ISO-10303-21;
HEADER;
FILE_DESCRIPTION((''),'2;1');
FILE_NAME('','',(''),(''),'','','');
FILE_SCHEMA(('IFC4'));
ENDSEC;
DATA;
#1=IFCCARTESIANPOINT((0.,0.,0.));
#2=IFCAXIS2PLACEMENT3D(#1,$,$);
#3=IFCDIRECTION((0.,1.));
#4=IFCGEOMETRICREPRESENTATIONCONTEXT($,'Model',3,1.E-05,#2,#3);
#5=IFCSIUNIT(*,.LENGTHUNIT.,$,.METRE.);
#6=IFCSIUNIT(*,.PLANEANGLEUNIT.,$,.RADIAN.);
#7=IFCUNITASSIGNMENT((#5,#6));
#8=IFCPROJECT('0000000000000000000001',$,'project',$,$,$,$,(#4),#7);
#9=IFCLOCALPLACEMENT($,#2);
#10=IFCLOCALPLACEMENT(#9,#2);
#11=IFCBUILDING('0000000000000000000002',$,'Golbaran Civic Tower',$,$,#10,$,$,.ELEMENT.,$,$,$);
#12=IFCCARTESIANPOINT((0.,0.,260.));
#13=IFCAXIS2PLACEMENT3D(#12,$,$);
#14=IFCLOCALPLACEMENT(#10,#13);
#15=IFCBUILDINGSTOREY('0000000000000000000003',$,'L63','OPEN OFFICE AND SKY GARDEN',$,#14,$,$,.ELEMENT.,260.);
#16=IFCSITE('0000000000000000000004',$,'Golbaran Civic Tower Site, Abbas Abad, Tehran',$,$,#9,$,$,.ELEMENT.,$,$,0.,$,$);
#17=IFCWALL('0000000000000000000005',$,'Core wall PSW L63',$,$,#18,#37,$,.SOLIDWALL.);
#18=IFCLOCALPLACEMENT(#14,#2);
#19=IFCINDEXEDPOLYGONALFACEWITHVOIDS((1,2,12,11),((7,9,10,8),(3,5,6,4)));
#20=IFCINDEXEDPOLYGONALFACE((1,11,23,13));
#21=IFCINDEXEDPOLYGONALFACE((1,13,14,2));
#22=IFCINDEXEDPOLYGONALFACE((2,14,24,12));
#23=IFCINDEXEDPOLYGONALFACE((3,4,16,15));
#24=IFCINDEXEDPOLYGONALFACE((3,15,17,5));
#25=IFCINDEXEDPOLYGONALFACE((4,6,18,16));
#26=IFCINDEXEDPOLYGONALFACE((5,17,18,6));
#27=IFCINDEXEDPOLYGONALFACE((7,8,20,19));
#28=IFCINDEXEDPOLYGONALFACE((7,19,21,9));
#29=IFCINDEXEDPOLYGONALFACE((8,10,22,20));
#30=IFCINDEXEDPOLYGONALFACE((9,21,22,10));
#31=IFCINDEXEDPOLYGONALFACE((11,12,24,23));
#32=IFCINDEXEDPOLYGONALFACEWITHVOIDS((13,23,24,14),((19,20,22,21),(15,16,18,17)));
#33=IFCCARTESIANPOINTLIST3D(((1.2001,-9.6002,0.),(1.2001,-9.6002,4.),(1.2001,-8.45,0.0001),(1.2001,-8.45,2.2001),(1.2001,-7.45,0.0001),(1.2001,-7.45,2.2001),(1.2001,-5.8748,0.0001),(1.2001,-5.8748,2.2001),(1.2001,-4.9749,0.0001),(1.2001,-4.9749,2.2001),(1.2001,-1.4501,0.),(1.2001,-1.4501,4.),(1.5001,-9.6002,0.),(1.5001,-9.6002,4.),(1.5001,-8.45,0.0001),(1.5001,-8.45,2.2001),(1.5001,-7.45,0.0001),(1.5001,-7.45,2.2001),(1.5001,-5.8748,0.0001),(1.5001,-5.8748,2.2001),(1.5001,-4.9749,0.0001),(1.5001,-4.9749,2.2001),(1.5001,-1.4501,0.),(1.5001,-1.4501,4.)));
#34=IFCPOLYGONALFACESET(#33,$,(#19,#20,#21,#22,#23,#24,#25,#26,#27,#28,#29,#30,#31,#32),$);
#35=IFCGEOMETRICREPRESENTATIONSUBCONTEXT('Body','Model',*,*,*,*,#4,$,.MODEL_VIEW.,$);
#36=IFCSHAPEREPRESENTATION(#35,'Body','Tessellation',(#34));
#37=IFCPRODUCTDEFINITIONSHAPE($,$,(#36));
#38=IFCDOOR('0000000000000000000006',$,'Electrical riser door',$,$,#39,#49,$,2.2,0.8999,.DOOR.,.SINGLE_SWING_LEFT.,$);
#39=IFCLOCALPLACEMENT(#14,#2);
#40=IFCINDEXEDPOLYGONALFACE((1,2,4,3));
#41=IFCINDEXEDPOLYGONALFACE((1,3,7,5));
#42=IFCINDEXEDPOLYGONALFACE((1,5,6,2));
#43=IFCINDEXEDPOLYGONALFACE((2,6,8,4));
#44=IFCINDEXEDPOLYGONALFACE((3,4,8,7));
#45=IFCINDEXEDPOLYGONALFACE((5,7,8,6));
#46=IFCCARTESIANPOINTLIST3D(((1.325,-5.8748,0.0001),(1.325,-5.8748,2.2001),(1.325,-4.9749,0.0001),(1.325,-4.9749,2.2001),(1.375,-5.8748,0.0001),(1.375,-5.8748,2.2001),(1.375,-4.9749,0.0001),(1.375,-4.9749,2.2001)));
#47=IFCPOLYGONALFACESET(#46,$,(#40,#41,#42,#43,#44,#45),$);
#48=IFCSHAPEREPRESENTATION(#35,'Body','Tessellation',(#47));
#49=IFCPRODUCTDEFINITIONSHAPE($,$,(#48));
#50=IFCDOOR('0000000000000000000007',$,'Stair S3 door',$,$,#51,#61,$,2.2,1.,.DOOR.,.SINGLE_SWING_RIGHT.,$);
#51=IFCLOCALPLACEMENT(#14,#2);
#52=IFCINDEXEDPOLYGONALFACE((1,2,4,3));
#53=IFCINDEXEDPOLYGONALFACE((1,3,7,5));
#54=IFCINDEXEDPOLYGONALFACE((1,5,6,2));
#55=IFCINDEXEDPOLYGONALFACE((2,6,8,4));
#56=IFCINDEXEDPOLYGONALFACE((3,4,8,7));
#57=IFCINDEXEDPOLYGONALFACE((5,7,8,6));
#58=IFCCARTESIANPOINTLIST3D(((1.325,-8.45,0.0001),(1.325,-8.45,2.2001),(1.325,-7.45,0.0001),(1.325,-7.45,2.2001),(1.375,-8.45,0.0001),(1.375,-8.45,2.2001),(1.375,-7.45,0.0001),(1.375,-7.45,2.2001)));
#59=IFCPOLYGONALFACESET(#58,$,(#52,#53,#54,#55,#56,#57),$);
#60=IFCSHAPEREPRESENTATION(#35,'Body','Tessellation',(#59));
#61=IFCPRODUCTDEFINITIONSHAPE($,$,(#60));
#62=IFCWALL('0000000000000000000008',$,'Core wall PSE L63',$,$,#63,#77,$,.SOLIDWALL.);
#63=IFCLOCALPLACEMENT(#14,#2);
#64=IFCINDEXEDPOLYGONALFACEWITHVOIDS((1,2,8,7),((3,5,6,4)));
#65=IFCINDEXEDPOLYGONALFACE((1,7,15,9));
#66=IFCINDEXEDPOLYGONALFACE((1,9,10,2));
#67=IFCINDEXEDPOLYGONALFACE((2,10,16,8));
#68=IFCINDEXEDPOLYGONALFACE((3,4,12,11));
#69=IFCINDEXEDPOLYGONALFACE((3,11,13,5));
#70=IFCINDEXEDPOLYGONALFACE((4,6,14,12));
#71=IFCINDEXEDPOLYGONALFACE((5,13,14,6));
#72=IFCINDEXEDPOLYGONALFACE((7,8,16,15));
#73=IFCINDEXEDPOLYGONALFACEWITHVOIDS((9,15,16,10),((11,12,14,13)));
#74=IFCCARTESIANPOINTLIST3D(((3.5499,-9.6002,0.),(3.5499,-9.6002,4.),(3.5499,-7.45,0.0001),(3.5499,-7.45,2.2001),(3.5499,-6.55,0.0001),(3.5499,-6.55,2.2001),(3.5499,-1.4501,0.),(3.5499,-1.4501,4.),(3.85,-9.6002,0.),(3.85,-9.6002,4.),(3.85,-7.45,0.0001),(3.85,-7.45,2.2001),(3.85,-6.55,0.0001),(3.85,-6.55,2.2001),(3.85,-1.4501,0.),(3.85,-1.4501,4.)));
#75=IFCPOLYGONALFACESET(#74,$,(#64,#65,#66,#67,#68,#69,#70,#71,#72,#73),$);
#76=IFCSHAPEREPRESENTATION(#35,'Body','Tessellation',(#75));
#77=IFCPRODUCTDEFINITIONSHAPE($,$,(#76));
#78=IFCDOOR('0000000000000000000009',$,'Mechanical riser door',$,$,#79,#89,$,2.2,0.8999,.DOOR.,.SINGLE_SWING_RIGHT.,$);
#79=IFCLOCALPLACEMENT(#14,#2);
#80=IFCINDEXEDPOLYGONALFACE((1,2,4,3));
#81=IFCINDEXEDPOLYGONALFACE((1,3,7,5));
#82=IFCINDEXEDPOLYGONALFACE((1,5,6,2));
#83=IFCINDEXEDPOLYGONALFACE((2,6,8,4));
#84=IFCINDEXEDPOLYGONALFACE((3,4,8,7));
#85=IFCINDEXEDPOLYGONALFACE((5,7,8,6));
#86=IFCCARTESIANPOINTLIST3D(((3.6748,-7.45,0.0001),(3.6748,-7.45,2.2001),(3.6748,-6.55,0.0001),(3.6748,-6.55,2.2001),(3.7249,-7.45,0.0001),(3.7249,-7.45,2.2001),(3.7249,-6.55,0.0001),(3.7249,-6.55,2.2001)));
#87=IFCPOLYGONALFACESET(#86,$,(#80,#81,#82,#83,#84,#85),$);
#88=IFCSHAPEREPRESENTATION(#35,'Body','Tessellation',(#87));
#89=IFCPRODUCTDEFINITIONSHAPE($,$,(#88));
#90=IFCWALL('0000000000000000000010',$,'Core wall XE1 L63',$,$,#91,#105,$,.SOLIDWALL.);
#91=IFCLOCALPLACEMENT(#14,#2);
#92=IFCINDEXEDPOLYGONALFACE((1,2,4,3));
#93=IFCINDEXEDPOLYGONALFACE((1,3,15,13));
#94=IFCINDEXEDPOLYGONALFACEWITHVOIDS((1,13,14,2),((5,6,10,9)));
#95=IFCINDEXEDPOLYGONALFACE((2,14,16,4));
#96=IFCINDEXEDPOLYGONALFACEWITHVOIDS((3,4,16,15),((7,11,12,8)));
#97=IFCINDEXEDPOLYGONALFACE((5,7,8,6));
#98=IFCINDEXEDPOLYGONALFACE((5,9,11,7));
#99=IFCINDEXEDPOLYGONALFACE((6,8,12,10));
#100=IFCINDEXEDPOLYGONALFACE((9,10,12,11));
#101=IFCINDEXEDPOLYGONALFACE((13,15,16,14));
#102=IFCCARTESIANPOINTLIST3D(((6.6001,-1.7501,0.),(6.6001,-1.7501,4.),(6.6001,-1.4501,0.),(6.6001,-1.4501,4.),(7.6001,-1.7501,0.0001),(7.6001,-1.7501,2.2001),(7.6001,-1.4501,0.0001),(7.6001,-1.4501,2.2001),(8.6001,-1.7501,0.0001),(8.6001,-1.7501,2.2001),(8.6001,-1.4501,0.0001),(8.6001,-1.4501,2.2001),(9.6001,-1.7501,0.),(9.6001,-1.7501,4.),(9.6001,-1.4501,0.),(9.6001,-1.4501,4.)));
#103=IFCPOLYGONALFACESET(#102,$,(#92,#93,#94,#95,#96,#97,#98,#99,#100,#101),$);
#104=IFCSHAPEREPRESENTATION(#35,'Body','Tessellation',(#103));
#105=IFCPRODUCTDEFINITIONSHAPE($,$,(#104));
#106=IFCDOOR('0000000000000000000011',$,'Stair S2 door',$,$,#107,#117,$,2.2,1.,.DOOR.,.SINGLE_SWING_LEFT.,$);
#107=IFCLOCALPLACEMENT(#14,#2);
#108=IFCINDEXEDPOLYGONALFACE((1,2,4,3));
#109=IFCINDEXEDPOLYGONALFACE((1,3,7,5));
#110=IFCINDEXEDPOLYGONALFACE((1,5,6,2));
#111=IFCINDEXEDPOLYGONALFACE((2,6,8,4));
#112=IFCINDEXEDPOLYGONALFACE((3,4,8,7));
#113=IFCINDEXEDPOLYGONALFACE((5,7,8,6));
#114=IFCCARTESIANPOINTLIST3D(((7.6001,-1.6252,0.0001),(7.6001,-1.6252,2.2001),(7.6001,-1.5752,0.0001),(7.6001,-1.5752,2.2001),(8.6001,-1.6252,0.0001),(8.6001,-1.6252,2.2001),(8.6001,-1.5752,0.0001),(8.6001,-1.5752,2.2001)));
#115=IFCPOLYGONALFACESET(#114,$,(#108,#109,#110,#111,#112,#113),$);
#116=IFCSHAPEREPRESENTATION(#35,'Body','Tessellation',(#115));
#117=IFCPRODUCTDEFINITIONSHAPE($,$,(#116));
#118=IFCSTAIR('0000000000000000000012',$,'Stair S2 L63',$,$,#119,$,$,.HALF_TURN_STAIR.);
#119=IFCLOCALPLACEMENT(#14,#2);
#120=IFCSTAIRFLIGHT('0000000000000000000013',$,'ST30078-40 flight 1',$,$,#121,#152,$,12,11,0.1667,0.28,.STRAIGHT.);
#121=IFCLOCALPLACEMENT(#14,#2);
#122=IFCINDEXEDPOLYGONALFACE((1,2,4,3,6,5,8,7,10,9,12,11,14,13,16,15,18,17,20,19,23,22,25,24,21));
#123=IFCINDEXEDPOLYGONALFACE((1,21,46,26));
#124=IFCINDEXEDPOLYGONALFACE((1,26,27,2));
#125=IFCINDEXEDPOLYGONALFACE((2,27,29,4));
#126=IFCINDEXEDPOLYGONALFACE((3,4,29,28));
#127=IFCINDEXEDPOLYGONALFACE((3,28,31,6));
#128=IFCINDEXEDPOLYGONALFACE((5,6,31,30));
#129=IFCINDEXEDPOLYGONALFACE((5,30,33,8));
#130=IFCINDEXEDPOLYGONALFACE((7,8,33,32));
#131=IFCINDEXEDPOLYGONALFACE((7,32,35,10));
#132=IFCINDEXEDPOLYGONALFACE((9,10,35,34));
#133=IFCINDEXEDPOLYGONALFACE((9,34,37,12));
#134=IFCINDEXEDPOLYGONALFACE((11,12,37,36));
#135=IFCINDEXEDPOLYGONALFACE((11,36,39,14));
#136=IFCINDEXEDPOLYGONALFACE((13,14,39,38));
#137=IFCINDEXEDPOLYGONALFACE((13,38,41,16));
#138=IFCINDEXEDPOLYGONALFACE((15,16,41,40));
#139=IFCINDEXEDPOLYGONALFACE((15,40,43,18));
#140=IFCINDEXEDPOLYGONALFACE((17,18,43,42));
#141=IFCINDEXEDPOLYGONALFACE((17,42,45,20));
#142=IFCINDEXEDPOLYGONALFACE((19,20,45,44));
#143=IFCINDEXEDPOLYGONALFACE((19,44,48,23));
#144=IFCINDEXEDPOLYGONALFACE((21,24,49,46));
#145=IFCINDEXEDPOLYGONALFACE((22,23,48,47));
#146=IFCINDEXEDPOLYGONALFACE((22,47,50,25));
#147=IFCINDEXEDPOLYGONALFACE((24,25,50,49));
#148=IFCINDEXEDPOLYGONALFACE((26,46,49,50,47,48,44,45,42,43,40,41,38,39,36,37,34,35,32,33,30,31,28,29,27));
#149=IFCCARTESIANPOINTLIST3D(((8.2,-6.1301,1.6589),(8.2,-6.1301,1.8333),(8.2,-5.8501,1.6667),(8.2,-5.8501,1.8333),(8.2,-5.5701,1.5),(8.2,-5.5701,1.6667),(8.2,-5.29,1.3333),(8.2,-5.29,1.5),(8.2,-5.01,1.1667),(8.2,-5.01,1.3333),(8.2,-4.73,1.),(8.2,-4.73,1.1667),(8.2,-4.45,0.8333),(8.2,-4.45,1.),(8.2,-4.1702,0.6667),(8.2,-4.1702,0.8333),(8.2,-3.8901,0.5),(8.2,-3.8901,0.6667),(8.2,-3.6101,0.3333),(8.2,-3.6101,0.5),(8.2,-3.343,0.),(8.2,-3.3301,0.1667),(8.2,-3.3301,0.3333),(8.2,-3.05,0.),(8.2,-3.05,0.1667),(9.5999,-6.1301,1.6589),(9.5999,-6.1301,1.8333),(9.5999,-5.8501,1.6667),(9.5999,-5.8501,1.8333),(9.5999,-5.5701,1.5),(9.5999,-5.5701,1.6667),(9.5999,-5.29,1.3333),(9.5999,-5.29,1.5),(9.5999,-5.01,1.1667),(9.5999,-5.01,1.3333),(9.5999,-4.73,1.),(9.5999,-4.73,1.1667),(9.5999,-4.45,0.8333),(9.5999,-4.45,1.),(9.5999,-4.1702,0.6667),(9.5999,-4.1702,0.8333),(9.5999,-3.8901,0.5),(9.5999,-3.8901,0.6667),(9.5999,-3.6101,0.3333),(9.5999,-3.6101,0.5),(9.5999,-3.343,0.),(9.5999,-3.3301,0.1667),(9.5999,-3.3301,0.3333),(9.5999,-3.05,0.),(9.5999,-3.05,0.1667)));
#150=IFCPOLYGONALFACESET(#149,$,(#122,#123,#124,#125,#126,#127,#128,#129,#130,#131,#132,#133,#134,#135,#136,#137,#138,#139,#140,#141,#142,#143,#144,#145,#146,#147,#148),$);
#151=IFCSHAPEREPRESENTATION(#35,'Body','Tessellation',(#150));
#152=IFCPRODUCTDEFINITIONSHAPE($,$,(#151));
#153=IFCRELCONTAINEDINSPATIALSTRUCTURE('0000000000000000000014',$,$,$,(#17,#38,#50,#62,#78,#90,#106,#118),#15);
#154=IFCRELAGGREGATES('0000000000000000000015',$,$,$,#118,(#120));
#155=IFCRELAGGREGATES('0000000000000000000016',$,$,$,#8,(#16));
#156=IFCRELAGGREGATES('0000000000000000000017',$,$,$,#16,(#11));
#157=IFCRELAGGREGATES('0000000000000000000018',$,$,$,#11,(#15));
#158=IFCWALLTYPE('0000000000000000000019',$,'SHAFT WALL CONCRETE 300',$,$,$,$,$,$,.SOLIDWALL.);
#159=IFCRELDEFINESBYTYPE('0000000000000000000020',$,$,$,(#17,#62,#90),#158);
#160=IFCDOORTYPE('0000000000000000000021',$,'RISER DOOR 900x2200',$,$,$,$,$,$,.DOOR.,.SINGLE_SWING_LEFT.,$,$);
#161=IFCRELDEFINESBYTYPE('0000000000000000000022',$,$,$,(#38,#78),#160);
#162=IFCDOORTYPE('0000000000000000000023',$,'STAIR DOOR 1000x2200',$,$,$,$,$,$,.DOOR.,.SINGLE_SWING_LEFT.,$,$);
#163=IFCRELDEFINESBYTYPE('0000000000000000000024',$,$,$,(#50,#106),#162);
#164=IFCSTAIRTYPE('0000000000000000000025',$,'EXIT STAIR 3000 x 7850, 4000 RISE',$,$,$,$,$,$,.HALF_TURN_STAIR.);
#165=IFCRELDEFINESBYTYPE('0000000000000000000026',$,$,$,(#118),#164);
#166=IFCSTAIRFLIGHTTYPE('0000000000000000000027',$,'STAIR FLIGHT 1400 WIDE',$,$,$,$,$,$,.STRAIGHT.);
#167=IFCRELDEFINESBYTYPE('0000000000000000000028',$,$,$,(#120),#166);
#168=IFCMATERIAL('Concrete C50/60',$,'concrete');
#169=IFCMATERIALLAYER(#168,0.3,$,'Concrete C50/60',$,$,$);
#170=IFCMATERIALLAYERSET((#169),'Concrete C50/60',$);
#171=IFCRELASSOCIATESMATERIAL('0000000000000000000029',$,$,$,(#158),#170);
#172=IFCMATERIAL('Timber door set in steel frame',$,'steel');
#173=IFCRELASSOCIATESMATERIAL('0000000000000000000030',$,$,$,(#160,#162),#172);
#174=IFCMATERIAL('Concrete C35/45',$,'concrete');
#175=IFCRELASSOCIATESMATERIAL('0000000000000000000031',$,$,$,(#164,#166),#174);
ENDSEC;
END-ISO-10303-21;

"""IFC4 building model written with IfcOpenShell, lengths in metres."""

from ifc_helpers import new_model, si_unit, direction, frame, frame_2d, origin, place, context, subcontext, project, spatial, polyline, rectangle, outline, extrude, material, layer, layer_set, type_object, element, fill, aggregate, save


model = new_model("IFC4")

# Units and contexts
model_context = context("Model", 3, precision=1e-05, world=origin(), true_north=direction((0.0, 1.0)))
body_context = subcontext(model_context, "Body", "Model", "MODEL_VIEW")
ifc_project = project(units=[si_unit("LENGTHUNIT", "METRE"), si_unit("PLANEANGLEUNIT", "RADIAN")], contexts=[model_context])

# Site, building, storey
site_placement = place(None, origin())
site = spatial("IfcSite", under=ifc_project, at=site_placement, Name="Golbaran Civic Tower Site, Abbas Abad, Tehran", CompositionType="ELEMENT", RefElevation=0.0)
building_placement = place(site_placement, origin())
building = spatial("IfcBuilding", under=site, at=building_placement, Name="Golbaran Civic Tower", CompositionType="ELEMENT")
storey_placement = place(building_placement, frame((0.0, 0.0, 260.0)))
storey = spatial("IfcBuildingStorey", under=building, at=storey_placement, Name="L63", Description="OPEN OFFICE AND SKY GARDEN", CompositionType="ELEMENT", Elevation=260.0)

# Shared definitions
ifc_material_1 = material(Name="Concrete C35/45", Category="concrete")

# Shared definitions
ifc_material_2 = material(Name="Timber door set in steel frame", Category="steel")

# Shared definitions
ifc_material_3 = material(Name="Concrete C50/60", Category="concrete")
ifc_layer_1 = layer(ifc_material_3, 0.3, Name="Concrete C50/60")
ifc_layer_set_1 = layer_set([ifc_layer_1], Name="Concrete C50/60")
wall_type_1 = type_object("IfcWallType", Name="SHAFT WALL CONCRETE 300", PredefinedType="SOLIDWALL", material=ifc_layer_set_1)

# Wall, openings, doors
wall_1_placement = place(storey_placement, frame((1.3501, -1.45, 0.0), z_axis=(0.0, 0.0, 1.0), x_axis=(0.0, -1.0, 0.0)))
wall_1 = element("IfcWall", 1, at=wall_1_placement, inside=storey, type_object=wall_type_1, Name="Core wall PSW L63", PredefinedType="SOLIDWALL", context=body_context, shape_type="SweptSolid", body=[
    extrude(rectangle(XDim=8.1501, YDim=0.3, at=frame_2d((4.0752, 0.0))), origin(), (0.0, 0.0, 1.0), 4.0),
])
opening_1_placement = place(wall_1_placement, frame((6.0, 0.0, 0.0)))
opening_1 = element("IfcOpeningElement", 2, at=opening_1_placement, cuts=wall_1, PredefinedType="OPENING", context=body_context, shape_type="SweptSolid", body=[
    extrude(rectangle(XDim=1.0, YDim=2.2, at=frame_2d((0.5, 1.1001))), frame((0.0, 0.1599, 0.0), z_axis=(0.0, -1.0, 0.0), x_axis=(1.0, 0.0, 0.0)), (0.0, 0.0, 1.0), 0.3201),
])
opening_2_placement = place(wall_1_placement, frame((3.5249, 0.0, 0.0)))
opening_2 = element("IfcOpeningElement", 3, at=opening_2_placement, cuts=wall_1, PredefinedType="OPENING", context=body_context, shape_type="SweptSolid", body=[
    extrude(rectangle(XDim=0.8999, YDim=2.2, at=frame_2d((0.45, 1.1001))), frame((0.0, 0.1599, 0.0), z_axis=(0.0, -1.0, 0.0), x_axis=(1.0, 0.0, 0.0)), (0.0, 0.0, 1.0), 0.3201),
])
door_type_1 = type_object("IfcDoorType", Name="RISER DOOR 900x2200", OperationType="SINGLE_SWING_LEFT", PredefinedType="DOOR", material=ifc_material_2)
door_1_placement = place(opening_2_placement, origin())
door_1 = element("IfcDoor", 4, at=door_1_placement, inside=storey, type_object=door_type_1, Name="Electrical riser door", OperationType="SINGLE_SWING_LEFT", OverallHeight=2.2, OverallWidth=0.8999, PredefinedType="DOOR", context=body_context, shape_type="SweptSolid", body=[
    extrude(rectangle(XDim=0.8999, YDim=2.2, at=frame_2d((0.45, 1.1001))), frame((0.0, 0.0249, 0.0), z_axis=(0.0, -1.0, 0.0), x_axis=(1.0, 0.0, 0.0)), (0.0, 0.0, 1.0), 0.05),
])
fill(opening_2, door_1)
door_type_2 = type_object("IfcDoorType", Name="STAIR DOOR 1000x2200", OperationType="SINGLE_SWING_LEFT", PredefinedType="DOOR", material=ifc_material_2)
door_2_placement = place(opening_1_placement, origin())
door_2 = element("IfcDoor", 5, at=door_2_placement, inside=storey, type_object=door_type_2, Name="Stair S3 door", OperationType="SINGLE_SWING_RIGHT", OverallHeight=2.2, OverallWidth=1.0, PredefinedType="DOOR", context=body_context, shape_type="SweptSolid", body=[
    extrude(rectangle(XDim=1.0, YDim=2.2, at=frame_2d((0.5, 1.1001))), frame((0.0, 0.0249, 0.0), z_axis=(0.0, -1.0, 0.0), x_axis=(1.0, 0.0, 0.0)), (0.0, 0.0, 1.0), 0.05),
])
fill(opening_1, door_2)

# Walls, openings, doors
wall_2_placement = place(storey_placement, frame((3.7, -1.45, 0.0), z_axis=(0.0, 0.0, 1.0), x_axis=(0.0, -1.0, 0.0)))
wall_2 = element("IfcWall", 6, at=wall_2_placement, inside=storey, type_object=wall_type_1, Name="Core wall PSE L63", PredefinedType="SOLIDWALL", context=body_context, shape_type="SweptSolid", body=[
    extrude(rectangle(XDim=8.1501, YDim=0.3, at=frame_2d((4.0752, 0.0))), origin(), (0.0, 0.0, 1.0), 4.0),
])
opening_3_placement = place(wall_2_placement, frame((5.1001, 0.0, 0.0)))
opening_3 = element("IfcOpeningElement", 7, at=opening_3_placement, cuts=wall_2, PredefinedType="OPENING", context=body_context, shape_type="SweptSolid", body=[
    extrude(rectangle(XDim=0.8999, YDim=2.2, at=frame_2d((0.45, 1.1001))), frame((0.0, 0.1599, 0.0), z_axis=(0.0, -1.0, 0.0), x_axis=(1.0, 0.0, 0.0)), (0.0, 0.0, 1.0), 0.3201),
])
door_3_placement = place(opening_3_placement, origin())
door_3 = element("IfcDoor", 8, at=door_3_placement, inside=storey, type_object=door_type_1, Name="Mechanical riser door", OperationType="SINGLE_SWING_RIGHT", OverallHeight=2.2, OverallWidth=0.8999, PredefinedType="DOOR", context=body_context, shape_type="SweptSolid", body=[
    extrude(rectangle(XDim=0.8999, YDim=2.2, at=frame_2d((0.45, 1.1001))), frame((0.0, 0.0249, 0.0), z_axis=(0.0, -1.0, 0.0), x_axis=(1.0, 0.0, 0.0)), (0.0, 0.0, 1.0), 0.05),
])
fill(opening_3, door_3)
wall_3_placement = place(storey_placement, frame((6.6001, -1.6001, 0.0), z_axis=(0.0, 0.0, 1.0), x_axis=(1.0, 0.0, 0.0)))
wall_3 = element("IfcWall", 9, at=wall_3_placement, inside=storey, type_object=wall_type_1, Name="Core wall XE1 L63", PredefinedType="SOLIDWALL", context=body_context, shape_type="SweptSolid", body=[
    extrude(rectangle(XDim=3.0, YDim=0.3, at=frame_2d((1.5, 0.0))), origin(), (0.0, 0.0, 1.0), 4.0),
])
opening_4_placement = place(wall_3_placement, frame((1.0, 0.0, 0.0)))
opening_4 = element("IfcOpeningElement", 10, at=opening_4_placement, cuts=wall_3, PredefinedType="OPENING", context=body_context, shape_type="SweptSolid", body=[
    extrude(rectangle(XDim=1.0, YDim=2.2, at=frame_2d((0.5, 1.1001))), frame((0.0, 0.1599, 0.0), z_axis=(0.0, -1.0, 0.0), x_axis=(1.0, 0.0, 0.0)), (0.0, 0.0, 1.0), 0.3201),
])
door_4_placement = place(opening_4_placement, origin())
door_4 = element("IfcDoor", 11, at=door_4_placement, inside=storey, type_object=door_type_2, Name="Stair S2 door", OperationType="SINGLE_SWING_LEFT", OverallHeight=2.2, OverallWidth=1.0, PredefinedType="DOOR", context=body_context, shape_type="SweptSolid", body=[
    extrude(rectangle(XDim=1.0, YDim=2.2, at=frame_2d((0.5, 1.1001))), frame((0.0, 0.0249, 0.0), z_axis=(0.0, -1.0, 0.0), x_axis=(1.0, 0.0, 0.0)), (0.0, 0.0, 1.0), 0.05),
])
fill(opening_4, door_4)

# Stair, stair flight
stair_type_1 = type_object("IfcStairType", Name="EXIT STAIR 3000 x 7850, 4000 RISE", PredefinedType="HALF_TURN_STAIR", material=ifc_material_1)
stair_1_placement = place(storey_placement, origin())
stair_1 = element("IfcStair", 12, at=stair_1_placement, inside=storey, type_object=stair_type_1, Name="Stair S2 L63", PredefinedType="HALF_TURN_STAIR")
stair_flight_type = type_object("IfcStairFlightType", Name="STAIR FLIGHT 1400 WIDE", PredefinedType="STRAIGHT", material=ifc_material_1)
stair_flight_1_placement = place(storey_placement, frame((8.8999, -3.05, 0.0), z_axis=(0.0, 0.0, 1.0), x_axis=(0.0, -1.0, 0.0)))
stair_flight_1 = element("IfcStairFlight", 13, at=stair_flight_1_placement, type_object=stair_flight_type, Name="ST30078-40 flight 1", NumberOfRisers=12, NumberOfTreads=11, PredefinedType="STRAIGHT", RiserHeight=0.1667, TreadLength=0.28, context=body_context, shape_type="SweptSolid", body=[
    extrude(outline(polyline([(0.0, 0.0), (0.0, 0.1667), (0.28, 0.1667), (0.28, 0.3333), (0.5601, 0.3333), (0.5601, 0.5), (0.8401, 0.5), (0.8401, 0.6667), (1.1201, 0.6667), (1.1201, 0.8333), (1.3999, 0.8333), (1.3999, 1.0), (1.6799, 1.0), (1.6799, 1.1667), (1.96, 1.1667), (1.96, 1.3333), (2.24, 1.3333), (2.24, 1.5), (2.52, 1.5), (2.52, 1.6667), (2.8, 1.6667), (2.8, 1.8333), (3.0801, 1.8333), (3.0801, 2.0), (3.0801, 1.6589), (0.293, 0.0), (0.0, 0.0)])), frame((0.0, 0.7, 0.0), z_axis=(0.0, -1.0, 0.0), x_axis=(1.0, 0.0, 0.0)), (0.0, 0.0, 1.0), 1.3999),
])
aggregate(stair_1, [stair_flight_1])

save(model, "model.ifc")
